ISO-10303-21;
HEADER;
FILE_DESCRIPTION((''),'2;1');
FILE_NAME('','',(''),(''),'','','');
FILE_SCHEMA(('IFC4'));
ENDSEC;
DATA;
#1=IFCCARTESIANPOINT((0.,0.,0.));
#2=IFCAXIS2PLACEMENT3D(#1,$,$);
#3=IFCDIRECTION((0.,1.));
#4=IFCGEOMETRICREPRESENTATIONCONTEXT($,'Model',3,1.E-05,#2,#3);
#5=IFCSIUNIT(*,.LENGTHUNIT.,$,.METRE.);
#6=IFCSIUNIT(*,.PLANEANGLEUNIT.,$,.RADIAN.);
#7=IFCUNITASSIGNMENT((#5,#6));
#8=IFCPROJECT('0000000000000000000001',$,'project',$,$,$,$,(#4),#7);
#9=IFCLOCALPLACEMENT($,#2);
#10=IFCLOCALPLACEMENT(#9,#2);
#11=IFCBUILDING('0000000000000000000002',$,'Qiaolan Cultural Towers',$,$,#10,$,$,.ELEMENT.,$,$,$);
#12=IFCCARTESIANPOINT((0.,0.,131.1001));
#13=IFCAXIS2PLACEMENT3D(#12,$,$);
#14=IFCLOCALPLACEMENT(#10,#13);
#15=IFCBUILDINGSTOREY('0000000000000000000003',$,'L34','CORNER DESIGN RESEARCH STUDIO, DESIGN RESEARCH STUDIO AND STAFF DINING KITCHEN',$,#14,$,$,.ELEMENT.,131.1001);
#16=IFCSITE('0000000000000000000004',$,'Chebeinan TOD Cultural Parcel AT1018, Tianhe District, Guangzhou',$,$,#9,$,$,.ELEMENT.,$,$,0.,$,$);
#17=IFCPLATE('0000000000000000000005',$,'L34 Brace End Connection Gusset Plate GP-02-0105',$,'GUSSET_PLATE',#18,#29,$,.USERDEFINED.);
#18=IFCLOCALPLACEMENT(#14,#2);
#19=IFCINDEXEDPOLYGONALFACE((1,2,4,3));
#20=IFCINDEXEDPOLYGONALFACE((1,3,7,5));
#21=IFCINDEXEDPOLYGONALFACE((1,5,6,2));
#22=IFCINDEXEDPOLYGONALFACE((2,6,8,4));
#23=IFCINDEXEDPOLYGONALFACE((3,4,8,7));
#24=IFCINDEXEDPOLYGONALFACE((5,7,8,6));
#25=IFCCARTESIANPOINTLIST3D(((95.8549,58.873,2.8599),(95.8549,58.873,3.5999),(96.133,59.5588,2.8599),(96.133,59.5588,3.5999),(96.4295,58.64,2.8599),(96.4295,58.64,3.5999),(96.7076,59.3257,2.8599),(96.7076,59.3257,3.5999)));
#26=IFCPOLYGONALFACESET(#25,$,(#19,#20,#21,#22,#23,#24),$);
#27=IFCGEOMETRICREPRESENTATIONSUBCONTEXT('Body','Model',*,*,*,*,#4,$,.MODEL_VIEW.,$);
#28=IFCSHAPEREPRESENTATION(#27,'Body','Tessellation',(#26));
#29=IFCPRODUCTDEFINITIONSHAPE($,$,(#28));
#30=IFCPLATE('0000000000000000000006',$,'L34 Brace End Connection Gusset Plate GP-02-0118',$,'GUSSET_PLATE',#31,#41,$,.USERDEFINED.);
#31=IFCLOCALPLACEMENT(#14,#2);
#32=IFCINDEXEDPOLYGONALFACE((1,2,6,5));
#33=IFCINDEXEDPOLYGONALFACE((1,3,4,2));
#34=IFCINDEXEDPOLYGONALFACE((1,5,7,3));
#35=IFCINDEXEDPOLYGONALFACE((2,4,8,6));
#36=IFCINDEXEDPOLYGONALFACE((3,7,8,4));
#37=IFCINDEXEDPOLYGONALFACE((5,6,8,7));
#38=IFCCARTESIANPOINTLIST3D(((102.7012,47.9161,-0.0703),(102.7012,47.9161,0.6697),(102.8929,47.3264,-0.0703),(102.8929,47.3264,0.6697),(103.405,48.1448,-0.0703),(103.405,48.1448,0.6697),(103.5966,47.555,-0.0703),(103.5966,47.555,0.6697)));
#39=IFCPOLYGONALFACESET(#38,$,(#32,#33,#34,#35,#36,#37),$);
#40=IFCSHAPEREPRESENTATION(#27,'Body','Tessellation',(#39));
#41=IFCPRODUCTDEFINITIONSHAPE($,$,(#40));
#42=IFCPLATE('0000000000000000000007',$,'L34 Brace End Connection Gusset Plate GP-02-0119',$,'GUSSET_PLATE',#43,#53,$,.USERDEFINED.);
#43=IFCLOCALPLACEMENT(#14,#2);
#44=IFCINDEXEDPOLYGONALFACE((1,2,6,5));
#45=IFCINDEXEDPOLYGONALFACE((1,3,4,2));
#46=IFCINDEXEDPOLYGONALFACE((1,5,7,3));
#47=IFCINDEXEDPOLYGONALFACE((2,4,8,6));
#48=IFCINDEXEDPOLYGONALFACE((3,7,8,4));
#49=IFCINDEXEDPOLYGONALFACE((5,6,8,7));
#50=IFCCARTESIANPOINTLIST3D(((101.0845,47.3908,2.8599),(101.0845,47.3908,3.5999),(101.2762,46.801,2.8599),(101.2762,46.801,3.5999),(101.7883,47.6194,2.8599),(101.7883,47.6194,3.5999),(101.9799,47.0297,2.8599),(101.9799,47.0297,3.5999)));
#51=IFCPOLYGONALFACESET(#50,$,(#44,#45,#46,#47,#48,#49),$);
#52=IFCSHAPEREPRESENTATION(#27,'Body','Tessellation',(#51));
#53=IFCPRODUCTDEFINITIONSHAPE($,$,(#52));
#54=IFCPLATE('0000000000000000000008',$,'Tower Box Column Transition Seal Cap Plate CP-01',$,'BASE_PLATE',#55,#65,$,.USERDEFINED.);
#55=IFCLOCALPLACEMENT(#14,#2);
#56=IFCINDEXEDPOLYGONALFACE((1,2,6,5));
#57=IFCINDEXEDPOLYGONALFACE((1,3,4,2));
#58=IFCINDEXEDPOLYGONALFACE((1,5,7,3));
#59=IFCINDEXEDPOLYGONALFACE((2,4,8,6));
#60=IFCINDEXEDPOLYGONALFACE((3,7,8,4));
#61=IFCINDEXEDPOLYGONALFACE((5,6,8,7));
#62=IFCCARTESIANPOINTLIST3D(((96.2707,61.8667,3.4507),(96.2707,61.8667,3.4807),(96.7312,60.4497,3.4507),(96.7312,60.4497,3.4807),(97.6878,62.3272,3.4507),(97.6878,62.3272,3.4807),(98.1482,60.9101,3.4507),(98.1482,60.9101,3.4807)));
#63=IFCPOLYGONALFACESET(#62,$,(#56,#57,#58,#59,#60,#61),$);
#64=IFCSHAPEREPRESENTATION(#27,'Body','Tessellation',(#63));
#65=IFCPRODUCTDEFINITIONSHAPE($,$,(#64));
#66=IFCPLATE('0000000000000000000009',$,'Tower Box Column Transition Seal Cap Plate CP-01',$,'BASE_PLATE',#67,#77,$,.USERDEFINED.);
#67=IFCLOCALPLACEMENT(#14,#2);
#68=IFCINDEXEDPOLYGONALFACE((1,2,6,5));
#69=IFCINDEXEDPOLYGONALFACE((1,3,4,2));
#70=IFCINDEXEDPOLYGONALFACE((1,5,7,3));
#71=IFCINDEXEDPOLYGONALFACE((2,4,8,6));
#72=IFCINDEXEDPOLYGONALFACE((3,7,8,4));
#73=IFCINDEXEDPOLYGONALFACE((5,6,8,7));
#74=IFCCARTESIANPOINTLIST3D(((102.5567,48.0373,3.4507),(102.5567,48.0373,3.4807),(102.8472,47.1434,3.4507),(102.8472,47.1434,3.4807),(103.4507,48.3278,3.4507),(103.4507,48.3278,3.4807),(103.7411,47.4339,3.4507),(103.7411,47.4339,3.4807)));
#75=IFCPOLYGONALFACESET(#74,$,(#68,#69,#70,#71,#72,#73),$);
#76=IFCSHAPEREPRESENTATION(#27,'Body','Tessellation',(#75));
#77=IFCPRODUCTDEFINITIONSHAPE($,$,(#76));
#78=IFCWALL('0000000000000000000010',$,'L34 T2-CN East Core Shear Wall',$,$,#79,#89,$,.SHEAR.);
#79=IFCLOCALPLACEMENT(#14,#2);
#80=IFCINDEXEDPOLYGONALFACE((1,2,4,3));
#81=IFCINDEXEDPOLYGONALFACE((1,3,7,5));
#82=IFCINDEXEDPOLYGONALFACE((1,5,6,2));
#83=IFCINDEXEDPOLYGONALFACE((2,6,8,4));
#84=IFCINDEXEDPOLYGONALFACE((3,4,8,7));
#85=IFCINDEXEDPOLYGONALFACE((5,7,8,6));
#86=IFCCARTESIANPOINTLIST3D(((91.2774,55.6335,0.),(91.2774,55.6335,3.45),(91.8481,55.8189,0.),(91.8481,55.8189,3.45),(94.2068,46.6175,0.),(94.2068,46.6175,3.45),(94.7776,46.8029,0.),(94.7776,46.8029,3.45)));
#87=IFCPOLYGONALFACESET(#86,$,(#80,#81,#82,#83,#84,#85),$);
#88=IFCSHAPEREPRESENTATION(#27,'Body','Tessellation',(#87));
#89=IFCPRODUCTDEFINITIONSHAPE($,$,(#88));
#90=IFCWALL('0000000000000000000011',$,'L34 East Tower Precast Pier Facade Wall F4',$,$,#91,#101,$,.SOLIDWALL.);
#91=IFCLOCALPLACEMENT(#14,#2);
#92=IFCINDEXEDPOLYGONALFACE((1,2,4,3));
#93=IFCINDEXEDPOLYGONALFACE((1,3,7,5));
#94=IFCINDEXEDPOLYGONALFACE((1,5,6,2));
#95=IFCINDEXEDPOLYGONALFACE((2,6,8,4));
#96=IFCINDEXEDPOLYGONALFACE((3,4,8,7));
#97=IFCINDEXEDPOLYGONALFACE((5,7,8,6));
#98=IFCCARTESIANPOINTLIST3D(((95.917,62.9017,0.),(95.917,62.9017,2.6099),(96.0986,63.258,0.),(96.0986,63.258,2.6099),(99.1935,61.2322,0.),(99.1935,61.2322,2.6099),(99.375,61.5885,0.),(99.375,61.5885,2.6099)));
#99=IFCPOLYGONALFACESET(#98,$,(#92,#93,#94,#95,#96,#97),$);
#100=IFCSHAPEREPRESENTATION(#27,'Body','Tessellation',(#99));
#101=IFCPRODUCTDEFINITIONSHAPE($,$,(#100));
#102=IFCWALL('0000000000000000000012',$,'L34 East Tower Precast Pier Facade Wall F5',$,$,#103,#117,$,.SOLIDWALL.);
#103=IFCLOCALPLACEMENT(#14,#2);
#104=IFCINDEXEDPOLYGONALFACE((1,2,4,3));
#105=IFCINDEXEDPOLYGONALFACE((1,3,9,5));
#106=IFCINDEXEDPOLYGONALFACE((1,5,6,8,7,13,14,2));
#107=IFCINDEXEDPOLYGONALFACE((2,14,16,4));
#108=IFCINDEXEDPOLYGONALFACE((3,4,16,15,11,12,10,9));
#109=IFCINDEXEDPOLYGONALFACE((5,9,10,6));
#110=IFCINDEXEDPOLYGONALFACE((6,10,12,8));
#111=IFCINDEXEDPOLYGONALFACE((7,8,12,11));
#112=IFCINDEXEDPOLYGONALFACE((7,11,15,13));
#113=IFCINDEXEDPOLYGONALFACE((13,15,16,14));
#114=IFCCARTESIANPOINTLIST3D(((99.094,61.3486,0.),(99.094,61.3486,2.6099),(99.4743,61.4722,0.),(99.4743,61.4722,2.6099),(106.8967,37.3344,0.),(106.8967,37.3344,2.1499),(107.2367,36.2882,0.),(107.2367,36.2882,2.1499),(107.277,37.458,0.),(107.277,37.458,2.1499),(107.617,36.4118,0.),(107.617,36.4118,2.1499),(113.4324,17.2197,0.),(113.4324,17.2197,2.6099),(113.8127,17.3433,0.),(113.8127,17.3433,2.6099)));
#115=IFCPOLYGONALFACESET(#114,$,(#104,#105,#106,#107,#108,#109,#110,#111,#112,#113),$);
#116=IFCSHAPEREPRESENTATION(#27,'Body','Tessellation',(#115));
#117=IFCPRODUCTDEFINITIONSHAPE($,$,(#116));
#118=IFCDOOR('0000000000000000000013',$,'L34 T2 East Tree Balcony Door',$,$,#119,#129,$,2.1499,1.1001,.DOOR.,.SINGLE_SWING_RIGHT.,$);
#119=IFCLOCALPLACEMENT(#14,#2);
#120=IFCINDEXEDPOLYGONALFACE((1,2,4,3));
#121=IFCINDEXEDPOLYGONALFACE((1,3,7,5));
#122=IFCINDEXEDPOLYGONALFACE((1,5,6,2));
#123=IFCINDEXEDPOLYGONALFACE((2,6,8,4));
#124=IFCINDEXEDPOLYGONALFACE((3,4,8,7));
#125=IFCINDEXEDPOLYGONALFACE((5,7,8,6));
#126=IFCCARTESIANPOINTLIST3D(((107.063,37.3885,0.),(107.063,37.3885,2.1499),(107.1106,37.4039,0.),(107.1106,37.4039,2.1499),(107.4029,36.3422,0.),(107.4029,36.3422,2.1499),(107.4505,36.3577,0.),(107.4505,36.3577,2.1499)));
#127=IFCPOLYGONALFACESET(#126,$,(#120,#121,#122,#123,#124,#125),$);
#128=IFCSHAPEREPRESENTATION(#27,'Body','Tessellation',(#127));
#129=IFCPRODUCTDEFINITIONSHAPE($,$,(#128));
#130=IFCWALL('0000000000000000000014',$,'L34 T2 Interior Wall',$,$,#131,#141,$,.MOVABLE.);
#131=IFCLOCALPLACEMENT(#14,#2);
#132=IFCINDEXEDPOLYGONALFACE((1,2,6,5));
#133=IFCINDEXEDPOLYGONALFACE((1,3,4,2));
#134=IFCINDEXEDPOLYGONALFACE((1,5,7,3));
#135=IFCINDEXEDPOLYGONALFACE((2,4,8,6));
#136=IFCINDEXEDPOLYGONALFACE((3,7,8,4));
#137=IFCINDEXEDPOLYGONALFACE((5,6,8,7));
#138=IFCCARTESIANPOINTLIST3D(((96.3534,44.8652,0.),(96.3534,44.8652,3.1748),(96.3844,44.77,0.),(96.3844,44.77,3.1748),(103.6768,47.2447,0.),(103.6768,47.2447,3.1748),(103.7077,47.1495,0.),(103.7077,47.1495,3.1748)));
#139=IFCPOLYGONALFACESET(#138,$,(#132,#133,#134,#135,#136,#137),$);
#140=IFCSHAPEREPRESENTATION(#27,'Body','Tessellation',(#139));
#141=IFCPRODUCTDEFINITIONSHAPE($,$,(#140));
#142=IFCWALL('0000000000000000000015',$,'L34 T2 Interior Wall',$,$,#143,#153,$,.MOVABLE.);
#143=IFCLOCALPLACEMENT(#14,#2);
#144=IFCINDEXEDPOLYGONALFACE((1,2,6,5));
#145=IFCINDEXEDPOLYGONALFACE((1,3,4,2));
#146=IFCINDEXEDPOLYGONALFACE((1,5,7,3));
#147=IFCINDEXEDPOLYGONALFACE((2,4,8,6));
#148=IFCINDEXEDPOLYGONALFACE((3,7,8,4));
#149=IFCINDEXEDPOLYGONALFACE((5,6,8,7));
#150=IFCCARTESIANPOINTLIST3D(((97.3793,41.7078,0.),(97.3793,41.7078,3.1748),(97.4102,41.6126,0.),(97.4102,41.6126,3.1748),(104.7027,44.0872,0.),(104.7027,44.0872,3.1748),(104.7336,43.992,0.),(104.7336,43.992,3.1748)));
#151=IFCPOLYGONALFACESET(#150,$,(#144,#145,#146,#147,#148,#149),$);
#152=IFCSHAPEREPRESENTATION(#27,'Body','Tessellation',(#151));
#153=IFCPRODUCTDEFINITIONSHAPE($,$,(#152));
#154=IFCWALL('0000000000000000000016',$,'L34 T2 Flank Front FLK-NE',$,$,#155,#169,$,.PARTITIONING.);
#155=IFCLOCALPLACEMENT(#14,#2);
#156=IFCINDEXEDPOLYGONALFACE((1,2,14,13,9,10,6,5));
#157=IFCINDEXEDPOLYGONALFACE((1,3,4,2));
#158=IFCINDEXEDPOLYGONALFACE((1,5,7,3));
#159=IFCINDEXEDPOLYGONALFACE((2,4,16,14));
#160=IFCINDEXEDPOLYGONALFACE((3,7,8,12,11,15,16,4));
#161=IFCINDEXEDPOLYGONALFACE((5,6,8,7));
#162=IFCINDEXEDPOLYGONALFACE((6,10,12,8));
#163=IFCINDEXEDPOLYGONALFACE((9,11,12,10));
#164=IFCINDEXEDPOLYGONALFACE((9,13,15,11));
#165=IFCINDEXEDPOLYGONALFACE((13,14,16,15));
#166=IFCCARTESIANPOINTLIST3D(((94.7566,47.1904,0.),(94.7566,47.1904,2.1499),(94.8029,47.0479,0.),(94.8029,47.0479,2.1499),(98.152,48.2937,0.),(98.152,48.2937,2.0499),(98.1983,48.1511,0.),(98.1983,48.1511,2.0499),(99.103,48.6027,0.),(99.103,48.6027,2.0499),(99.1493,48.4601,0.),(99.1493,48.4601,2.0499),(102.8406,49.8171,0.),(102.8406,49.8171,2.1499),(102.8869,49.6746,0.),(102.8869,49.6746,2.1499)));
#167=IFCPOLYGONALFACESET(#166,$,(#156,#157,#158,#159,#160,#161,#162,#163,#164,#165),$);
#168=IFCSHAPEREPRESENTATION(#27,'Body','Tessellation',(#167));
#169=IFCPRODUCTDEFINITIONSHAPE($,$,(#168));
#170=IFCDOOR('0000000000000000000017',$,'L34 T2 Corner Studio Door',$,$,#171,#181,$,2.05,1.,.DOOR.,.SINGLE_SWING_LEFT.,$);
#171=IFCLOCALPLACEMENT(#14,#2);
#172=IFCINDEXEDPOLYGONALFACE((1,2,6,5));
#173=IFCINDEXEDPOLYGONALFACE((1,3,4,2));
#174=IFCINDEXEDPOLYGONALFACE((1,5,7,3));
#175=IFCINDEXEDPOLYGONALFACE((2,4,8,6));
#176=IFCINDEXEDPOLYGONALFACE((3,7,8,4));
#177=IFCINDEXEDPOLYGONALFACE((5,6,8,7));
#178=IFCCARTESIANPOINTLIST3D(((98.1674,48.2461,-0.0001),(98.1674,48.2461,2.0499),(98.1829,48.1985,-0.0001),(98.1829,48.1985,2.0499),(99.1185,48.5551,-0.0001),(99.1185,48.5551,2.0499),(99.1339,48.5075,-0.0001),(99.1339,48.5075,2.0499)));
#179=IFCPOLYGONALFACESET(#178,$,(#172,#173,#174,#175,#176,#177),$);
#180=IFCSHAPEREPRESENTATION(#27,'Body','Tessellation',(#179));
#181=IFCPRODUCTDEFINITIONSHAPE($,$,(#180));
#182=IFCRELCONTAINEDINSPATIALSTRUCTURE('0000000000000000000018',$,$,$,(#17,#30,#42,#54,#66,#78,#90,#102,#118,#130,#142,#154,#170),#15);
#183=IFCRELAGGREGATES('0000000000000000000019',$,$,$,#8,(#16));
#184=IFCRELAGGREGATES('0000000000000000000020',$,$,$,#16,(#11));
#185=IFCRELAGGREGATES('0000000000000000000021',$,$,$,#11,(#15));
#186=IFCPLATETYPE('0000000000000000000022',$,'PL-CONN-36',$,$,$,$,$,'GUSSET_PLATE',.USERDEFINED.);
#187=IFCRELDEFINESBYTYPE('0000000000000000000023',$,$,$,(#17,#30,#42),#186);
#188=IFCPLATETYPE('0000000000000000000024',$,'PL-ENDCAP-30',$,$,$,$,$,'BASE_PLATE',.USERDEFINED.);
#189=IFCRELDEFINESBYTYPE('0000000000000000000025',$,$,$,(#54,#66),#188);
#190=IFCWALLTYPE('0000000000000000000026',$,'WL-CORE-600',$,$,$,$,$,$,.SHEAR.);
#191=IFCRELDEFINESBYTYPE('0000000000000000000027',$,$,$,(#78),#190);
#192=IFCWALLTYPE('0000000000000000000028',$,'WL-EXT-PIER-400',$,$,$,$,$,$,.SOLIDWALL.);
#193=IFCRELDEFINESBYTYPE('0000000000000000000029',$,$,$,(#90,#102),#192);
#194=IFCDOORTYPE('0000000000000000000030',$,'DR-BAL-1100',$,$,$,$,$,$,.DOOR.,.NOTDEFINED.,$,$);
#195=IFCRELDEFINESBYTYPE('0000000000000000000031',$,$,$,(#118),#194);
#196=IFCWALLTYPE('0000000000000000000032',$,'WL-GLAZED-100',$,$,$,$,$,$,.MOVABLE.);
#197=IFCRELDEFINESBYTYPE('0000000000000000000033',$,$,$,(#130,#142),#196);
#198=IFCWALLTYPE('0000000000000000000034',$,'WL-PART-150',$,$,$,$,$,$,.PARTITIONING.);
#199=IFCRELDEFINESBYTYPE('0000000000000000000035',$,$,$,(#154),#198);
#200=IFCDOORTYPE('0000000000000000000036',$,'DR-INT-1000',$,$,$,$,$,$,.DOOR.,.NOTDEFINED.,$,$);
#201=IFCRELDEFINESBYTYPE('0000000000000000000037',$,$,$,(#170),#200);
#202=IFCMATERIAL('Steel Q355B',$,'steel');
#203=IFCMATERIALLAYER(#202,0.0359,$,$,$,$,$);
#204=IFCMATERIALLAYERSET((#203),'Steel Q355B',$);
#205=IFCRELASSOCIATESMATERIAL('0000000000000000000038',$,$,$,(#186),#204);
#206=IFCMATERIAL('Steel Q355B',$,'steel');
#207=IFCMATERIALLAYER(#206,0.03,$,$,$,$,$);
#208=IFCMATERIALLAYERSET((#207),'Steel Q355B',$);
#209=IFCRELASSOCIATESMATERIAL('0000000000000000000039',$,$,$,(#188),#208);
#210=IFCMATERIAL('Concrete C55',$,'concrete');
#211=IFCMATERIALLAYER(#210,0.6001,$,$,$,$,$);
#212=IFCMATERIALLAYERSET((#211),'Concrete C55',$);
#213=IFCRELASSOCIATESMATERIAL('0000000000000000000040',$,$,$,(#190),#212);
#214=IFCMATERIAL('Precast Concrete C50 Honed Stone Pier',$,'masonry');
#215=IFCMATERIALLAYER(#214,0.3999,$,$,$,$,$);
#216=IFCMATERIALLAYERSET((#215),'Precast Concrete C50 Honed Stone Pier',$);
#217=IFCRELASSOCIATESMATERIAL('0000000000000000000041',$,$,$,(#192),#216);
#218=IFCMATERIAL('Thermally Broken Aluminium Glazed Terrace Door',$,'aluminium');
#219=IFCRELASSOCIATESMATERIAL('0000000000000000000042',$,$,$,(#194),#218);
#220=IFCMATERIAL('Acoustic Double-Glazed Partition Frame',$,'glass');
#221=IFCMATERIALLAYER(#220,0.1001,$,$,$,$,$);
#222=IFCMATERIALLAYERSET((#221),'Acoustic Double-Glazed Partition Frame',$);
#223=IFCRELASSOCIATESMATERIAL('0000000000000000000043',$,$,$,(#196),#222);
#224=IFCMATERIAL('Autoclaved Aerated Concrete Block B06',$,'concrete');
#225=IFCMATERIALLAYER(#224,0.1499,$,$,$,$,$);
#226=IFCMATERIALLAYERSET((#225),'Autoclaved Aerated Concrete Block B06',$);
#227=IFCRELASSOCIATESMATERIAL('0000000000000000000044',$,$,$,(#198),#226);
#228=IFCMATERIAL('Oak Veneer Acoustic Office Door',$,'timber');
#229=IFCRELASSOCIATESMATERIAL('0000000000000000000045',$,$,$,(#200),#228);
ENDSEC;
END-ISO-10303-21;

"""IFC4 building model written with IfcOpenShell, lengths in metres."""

from ifc_helpers import new_model, si_unit, direction, frame, frame_2d, origin, origin_2d, place, context, subcontext, project, spatial, rectangle, extrude, material, layer, layer_set, type_object, element, fill, save


model = new_model("IFC4")

# Units and contexts
model_context = context("Model", 3, precision=1e-05, world=origin(), true_north=direction((0.0, 1.0)))
body_context = subcontext(model_context, "Body", "Model", "MODEL_VIEW")
ifc_project = project(units=[si_unit("LENGTHUNIT", "METRE"), si_unit("PLANEANGLEUNIT", "RADIAN")], contexts=[model_context])

# Site, building, storey
site_placement = place(None, origin())
site = spatial("IfcSite", under=ifc_project, at=site_placement, Name="Chebeinan TOD Cultural Parcel AT1018, Tianhe District, Guangzhou", CompositionType="ELEMENT", RefElevation=0.0)
building_placement = place(site_placement, origin())
building = spatial("IfcBuilding", under=site, at=building_placement, Name="Qiaolan Cultural Towers", CompositionType="ELEMENT")
storey_placement = place(building_placement, frame((0.0, 0.0, 131.1001)))
storey = spatial("IfcBuildingStorey", under=building, at=storey_placement, Name="L34", Description="CORNER DESIGN RESEARCH STUDIO, DESIGN RESEARCH STUDIO AND STAFF DINING KITCHEN", CompositionType="ELEMENT", Elevation=131.1001)

# Plates
ifc_material_1 = material(Name="Steel Q355B", Category="steel")
ifc_layer_1 = layer(ifc_material_1, 0.0359)
ifc_layer_set_1 = layer_set([ifc_layer_1], Name="Steel Q355B")
plate_type_1 = type_object("IfcPlateType", Name="PL-CONN-36", ElementType="GUSSET_PLATE", PredefinedType="USERDEFINED", material=ifc_layer_set_1)
for number, where, z_axis, x_axis, name in (
    (1, (96.2812, 59.0994, 2.8599), (0.0, 0.0, 1.0), (0.375786, 0.926707, 0.0), "L34 Brace End Connection Gusset Plate GP-02-0105"),
    (2, (103.1489, 47.7356, -0.0703), (0.0, 0.0, 1.0), (0.951056, 0.309017, 0.0), "L34 Brace End Connection Gusset Plate GP-02-0118"),
    (3, (101.5322, 47.2102, 2.8599), (0.0, 0.0, 1.0), (0.951056, 0.309017, 0.0), "L34 Brace End Connection Gusset Plate GP-02-0119"),
):
    element("IfcPlate", number, at=place(storey_placement, frame(where, z_axis=z_axis, x_axis=x_axis)), inside=storey, type_object=plate_type_1, Name=name, ObjectType="GUSSET_PLATE", PredefinedType="USERDEFINED", context=body_context, shape_type="SweptSolid", body=[
        extrude(rectangle(XDim=0.74, YDim=0.6201, at=origin_2d()), origin(), (0.0, 0.0, 1.0), 0.74),
    ])
ifc_material_2 = material(Name="Steel Q355B", Category="steel")
ifc_layer_2 = layer(ifc_material_2, 0.03)
ifc_layer_set_2 = layer_set([ifc_layer_2], Name="Steel Q355B")
plate_type_2 = type_object("IfcPlateType", Name="PL-ENDCAP-30", ElementType="BASE_PLATE", PredefinedType="USERDEFINED", material=ifc_layer_set_2)
plate_1_placement = place(storey_placement, frame((97.2095, 61.3884, 3.4507), z_axis=(0.0, 0.0, 1.0), x_axis=(0.951057, 0.309017, 0.0)))
element("IfcPlate", 4, at=plate_1_placement, inside=storey, type_object=plate_type_2, Name="Tower Box Column Transition Seal Cap Plate CP-01", ObjectType="BASE_PLATE", PredefinedType="USERDEFINED", context=body_context, shape_type="SweptSolid", body=[
    extrude(rectangle(XDim=1.49, YDim=1.49, at=origin_2d()), origin(), (0.0, 0.0, 1.0), 0.03),
])
plate_2_placement = place(storey_placement, frame((103.1489, 47.7356, 3.4507), z_axis=(0.0, 0.0, 1.0), x_axis=(0.951057, 0.309017, 0.0)))
element("IfcPlate", 5, at=plate_2_placement, inside=storey, type_object=plate_type_2, Name="Tower Box Column Transition Seal Cap Plate CP-01", ObjectType="BASE_PLATE", PredefinedType="USERDEFINED", context=body_context, shape_type="SweptSolid", body=[
    extrude(rectangle(XDim=0.9399, YDim=0.9399, at=origin_2d()), origin(), (0.0, 0.0, 1.0), 0.03),
])

# Walls
ifc_material_3 = material(Name="Concrete C55", Category="concrete")
ifc_layer_3 = layer(ifc_material_3, 0.6001)
ifc_layer_set_3 = layer_set([ifc_layer_3], Name="Concrete C55")
wall_type_1 = type_object("IfcWallType", Name="WL-CORE-600", PredefinedType="SHEAR", material=ifc_layer_set_3)
wall_1_placement = place(storey_placement, frame((94.4922, 46.7102, 0.0), z_axis=(0.0, 0.0, 1.0), x_axis=(-0.30901, 0.951059, 0.0)))
element("IfcWall", 6, at=wall_1_placement, inside=storey, type_object=wall_type_1, Name="L34 T2-CN East Core Shear Wall", PredefinedType="SHEAR", context=body_context, shape_type="SweptSolid", body=[
    extrude(rectangle(XDim=9.48, YDim=0.6001, at=frame_2d((4.74, 0.0))), origin(), (0.0, 0.0, 1.0), 3.45),
])
ifc_material_4 = material(Name="Precast Concrete C50 Honed Stone Pier", Category="masonry")
ifc_layer_4 = layer(ifc_material_4, 0.3999)
ifc_layer_set_4 = layer_set([ifc_layer_4], Name="Precast Concrete C50 Honed Stone Pier")
wall_type_2 = type_object("IfcWallType", Name="WL-EXT-PIER-400", PredefinedType="SOLIDWALL", material=ifc_layer_set_4)
wall_2_placement = place(storey_placement, frame((96.0078, 63.0798, 0.0), z_axis=(0.0, 0.0, 1.0), x_axis=(0.891002, -0.453999, 0.0)))
element("IfcWall", 7, at=wall_2_placement, inside=storey, type_object=wall_type_2, Name="L34 East Tower Precast Pier Facade Wall F4", PredefinedType="SOLIDWALL", context=body_context, shape_type="SweptSolid", body=[
    extrude(rectangle(XDim=3.6772, YDim=0.3999, at=frame_2d((1.8386, 0.0))), origin(), (0.0, 0.0, 1.0), 2.6099),
])

# Wall, opening, door
wall_3_placement = place(storey_placement, frame((99.2842, 61.4104, 0.0), z_axis=(0.0, 0.0, 1.0), x_axis=(0.309018, -0.951056, 0.0)))
wall_3 = element("IfcWall", 8, at=wall_3_placement, inside=storey, type_object=wall_type_2, Name="L34 East Tower Precast Pier Facade Wall F5", PredefinedType="SOLIDWALL", context=body_context, shape_type="SweptSolid", body=[
    extrude(rectangle(XDim=46.3999, YDim=0.3999, at=frame_2d((23.2, 0.0))), origin(), (0.0, 0.0, 1.0), 2.6099),
])
opening_1_placement = place(wall_3_placement, frame((25.25, 0.0, 0.0)))
opening_1 = element("IfcOpeningElement", 9, at=opening_1_placement, cuts=wall_3, PredefinedType="OPENING", context=body_context, shape_type="SweptSolid", body=[
    extrude(rectangle(XDim=1.1001, YDim=2.1499, at=frame_2d((0.55, 1.075))), frame((0.0, 0.21, 0.0), z_axis=(0.0, -1.0, 0.0), x_axis=(1.0, 0.0, 0.0)), (0.0, 0.0, 1.0), 0.4199),
])
ifc_material_5 = material(Name="Thermally Broken Aluminium Glazed Terrace Door", Category="aluminium")
door_type_1 = type_object("IfcDoorType", Name="DR-BAL-1100", OperationType="NOTDEFINED", PredefinedType="DOOR", material=ifc_material_5)
door_1_placement = place(opening_1_placement, origin())
door_1 = element("IfcDoor", 10, at=door_1_placement, inside=storey, type_object=door_type_1, Name="L34 T2 East Tree Balcony Door", OperationType="SINGLE_SWING_RIGHT", OverallHeight=2.1499, OverallWidth=1.1001, PredefinedType="DOOR", context=body_context, shape_type="SweptSolid", body=[
    extrude(rectangle(XDim=1.1001, YDim=2.1499, at=frame_2d((0.55, 1.075))), frame((0.0, 0.0249, 0.0), z_axis=(0.0, -1.0, 0.0), x_axis=(1.0, 0.0, 0.0)), (0.0, 0.0, 1.0), 0.05),
])
fill(opening_1, door_1)

# Walls
ifc_material_6 = material(Name="Acoustic Double-Glazed Partition Frame", Category="glass")
ifc_layer_5 = layer(ifc_material_6, 0.1001)
ifc_layer_set_5 = layer_set([ifc_layer_5], Name="Acoustic Double-Glazed Partition Frame")
wall_type_3 = type_object("IfcWallType", Name="WL-GLAZED-100", PredefinedType="MOVABLE", material=ifc_layer_set_5)
for number, where, z_axis, x_axis, name in (
    (11, (96.3689, 44.8176, 0.0), (0.0, 0.0, 1.0), (0.951059, 0.309009, 0.0), "L34 T2 Interior Wall"),
    (12, (97.3948, 41.6602, 0.0), (0.0, 0.0, 1.0), (0.951059, 0.309009, 0.0), "L34 T2 Interior Wall"),
):
    element("IfcWall", number, at=place(storey_placement, frame(where, z_axis=z_axis, x_axis=x_axis)), inside=storey, type_object=wall_type_3, Name=name, PredefinedType="MOVABLE", context=body_context, shape_type="SweptSolid", body=[
        extrude(rectangle(XDim=7.7002, YDim=0.1001, at=frame_2d((3.8501, 0.0))), origin(), (0.0, 0.0, 1.0), 3.1748),
    ])

# Wall, opening, door
ifc_material_7 = material(Name="Autoclaved Aerated Concrete Block B06", Category="concrete")
ifc_layer_6 = layer(ifc_material_7, 0.1499)
ifc_layer_set_6 = layer_set([ifc_layer_6], Name="Autoclaved Aerated Concrete Block B06")
wall_type_4 = type_object("IfcWallType", Name="WL-PART-150", PredefinedType="PARTITIONING", material=ifc_layer_set_6)
wall_4_placement = place(storey_placement, frame((94.7798, 47.1191, 0.0), z_axis=(0.0, 0.0, 1.0), x_axis=(0.951054, 0.309024, 0.0)))
wall_4 = element("IfcWall", 13, at=wall_4_placement, inside=storey, type_object=wall_type_4, Name="L34 T2 Flank Front FLK-NE", PredefinedType="PARTITIONING", context=body_context, shape_type="SweptSolid", body=[
    extrude(rectangle(XDim=8.5, YDim=0.1499, at=frame_2d((4.25, 0.0))), origin(), (0.0, 0.0, 1.0), 2.1499),
])
opening_2_placement = place(wall_4_placement, frame((3.5701, 0.0, 0.0)))
opening_2 = element("IfcOpeningElement", 14, at=opening_2_placement, cuts=wall_4, PredefinedType="OPENING", context=body_context, shape_type="SweptSolid", body=[
    extrude(rectangle(XDim=1.0, YDim=2.05, at=frame_2d((0.5, 1.0249))), frame((0.0, 0.085, 0.0), z_axis=(0.0, -1.0, 0.0), x_axis=(1.0, 0.0, 0.0)), (0.0, 0.0, 1.0), 0.1699),
])
ifc_material_8 = material(Name="Oak Veneer Acoustic Office Door", Category="timber")
door_type_2 = type_object("IfcDoorType", Name="DR-INT-1000", OperationType="NOTDEFINED", PredefinedType="DOOR", material=ifc_material_8)
door_2_placement = place(opening_2_placement, origin())
door_2 = element("IfcDoor", 15, at=door_2_placement, inside=storey, type_object=door_type_2, Name="L34 T2 Corner Studio Door", OperationType="SINGLE_SWING_LEFT", OverallHeight=2.05, OverallWidth=1.0, PredefinedType="DOOR", context=body_context, shape_type="SweptSolid", body=[
    extrude(rectangle(XDim=1.0, YDim=2.05, at=frame_2d((0.5, 1.0249))), frame((0.0, 0.0249, 0.0), z_axis=(0.0, -1.0, 0.0), x_axis=(1.0, 0.0, 0.0)), (0.0, 0.0, 1.0), 0.05),
])
fill(opening_2, door_2)

save(model, "model.ifc")
